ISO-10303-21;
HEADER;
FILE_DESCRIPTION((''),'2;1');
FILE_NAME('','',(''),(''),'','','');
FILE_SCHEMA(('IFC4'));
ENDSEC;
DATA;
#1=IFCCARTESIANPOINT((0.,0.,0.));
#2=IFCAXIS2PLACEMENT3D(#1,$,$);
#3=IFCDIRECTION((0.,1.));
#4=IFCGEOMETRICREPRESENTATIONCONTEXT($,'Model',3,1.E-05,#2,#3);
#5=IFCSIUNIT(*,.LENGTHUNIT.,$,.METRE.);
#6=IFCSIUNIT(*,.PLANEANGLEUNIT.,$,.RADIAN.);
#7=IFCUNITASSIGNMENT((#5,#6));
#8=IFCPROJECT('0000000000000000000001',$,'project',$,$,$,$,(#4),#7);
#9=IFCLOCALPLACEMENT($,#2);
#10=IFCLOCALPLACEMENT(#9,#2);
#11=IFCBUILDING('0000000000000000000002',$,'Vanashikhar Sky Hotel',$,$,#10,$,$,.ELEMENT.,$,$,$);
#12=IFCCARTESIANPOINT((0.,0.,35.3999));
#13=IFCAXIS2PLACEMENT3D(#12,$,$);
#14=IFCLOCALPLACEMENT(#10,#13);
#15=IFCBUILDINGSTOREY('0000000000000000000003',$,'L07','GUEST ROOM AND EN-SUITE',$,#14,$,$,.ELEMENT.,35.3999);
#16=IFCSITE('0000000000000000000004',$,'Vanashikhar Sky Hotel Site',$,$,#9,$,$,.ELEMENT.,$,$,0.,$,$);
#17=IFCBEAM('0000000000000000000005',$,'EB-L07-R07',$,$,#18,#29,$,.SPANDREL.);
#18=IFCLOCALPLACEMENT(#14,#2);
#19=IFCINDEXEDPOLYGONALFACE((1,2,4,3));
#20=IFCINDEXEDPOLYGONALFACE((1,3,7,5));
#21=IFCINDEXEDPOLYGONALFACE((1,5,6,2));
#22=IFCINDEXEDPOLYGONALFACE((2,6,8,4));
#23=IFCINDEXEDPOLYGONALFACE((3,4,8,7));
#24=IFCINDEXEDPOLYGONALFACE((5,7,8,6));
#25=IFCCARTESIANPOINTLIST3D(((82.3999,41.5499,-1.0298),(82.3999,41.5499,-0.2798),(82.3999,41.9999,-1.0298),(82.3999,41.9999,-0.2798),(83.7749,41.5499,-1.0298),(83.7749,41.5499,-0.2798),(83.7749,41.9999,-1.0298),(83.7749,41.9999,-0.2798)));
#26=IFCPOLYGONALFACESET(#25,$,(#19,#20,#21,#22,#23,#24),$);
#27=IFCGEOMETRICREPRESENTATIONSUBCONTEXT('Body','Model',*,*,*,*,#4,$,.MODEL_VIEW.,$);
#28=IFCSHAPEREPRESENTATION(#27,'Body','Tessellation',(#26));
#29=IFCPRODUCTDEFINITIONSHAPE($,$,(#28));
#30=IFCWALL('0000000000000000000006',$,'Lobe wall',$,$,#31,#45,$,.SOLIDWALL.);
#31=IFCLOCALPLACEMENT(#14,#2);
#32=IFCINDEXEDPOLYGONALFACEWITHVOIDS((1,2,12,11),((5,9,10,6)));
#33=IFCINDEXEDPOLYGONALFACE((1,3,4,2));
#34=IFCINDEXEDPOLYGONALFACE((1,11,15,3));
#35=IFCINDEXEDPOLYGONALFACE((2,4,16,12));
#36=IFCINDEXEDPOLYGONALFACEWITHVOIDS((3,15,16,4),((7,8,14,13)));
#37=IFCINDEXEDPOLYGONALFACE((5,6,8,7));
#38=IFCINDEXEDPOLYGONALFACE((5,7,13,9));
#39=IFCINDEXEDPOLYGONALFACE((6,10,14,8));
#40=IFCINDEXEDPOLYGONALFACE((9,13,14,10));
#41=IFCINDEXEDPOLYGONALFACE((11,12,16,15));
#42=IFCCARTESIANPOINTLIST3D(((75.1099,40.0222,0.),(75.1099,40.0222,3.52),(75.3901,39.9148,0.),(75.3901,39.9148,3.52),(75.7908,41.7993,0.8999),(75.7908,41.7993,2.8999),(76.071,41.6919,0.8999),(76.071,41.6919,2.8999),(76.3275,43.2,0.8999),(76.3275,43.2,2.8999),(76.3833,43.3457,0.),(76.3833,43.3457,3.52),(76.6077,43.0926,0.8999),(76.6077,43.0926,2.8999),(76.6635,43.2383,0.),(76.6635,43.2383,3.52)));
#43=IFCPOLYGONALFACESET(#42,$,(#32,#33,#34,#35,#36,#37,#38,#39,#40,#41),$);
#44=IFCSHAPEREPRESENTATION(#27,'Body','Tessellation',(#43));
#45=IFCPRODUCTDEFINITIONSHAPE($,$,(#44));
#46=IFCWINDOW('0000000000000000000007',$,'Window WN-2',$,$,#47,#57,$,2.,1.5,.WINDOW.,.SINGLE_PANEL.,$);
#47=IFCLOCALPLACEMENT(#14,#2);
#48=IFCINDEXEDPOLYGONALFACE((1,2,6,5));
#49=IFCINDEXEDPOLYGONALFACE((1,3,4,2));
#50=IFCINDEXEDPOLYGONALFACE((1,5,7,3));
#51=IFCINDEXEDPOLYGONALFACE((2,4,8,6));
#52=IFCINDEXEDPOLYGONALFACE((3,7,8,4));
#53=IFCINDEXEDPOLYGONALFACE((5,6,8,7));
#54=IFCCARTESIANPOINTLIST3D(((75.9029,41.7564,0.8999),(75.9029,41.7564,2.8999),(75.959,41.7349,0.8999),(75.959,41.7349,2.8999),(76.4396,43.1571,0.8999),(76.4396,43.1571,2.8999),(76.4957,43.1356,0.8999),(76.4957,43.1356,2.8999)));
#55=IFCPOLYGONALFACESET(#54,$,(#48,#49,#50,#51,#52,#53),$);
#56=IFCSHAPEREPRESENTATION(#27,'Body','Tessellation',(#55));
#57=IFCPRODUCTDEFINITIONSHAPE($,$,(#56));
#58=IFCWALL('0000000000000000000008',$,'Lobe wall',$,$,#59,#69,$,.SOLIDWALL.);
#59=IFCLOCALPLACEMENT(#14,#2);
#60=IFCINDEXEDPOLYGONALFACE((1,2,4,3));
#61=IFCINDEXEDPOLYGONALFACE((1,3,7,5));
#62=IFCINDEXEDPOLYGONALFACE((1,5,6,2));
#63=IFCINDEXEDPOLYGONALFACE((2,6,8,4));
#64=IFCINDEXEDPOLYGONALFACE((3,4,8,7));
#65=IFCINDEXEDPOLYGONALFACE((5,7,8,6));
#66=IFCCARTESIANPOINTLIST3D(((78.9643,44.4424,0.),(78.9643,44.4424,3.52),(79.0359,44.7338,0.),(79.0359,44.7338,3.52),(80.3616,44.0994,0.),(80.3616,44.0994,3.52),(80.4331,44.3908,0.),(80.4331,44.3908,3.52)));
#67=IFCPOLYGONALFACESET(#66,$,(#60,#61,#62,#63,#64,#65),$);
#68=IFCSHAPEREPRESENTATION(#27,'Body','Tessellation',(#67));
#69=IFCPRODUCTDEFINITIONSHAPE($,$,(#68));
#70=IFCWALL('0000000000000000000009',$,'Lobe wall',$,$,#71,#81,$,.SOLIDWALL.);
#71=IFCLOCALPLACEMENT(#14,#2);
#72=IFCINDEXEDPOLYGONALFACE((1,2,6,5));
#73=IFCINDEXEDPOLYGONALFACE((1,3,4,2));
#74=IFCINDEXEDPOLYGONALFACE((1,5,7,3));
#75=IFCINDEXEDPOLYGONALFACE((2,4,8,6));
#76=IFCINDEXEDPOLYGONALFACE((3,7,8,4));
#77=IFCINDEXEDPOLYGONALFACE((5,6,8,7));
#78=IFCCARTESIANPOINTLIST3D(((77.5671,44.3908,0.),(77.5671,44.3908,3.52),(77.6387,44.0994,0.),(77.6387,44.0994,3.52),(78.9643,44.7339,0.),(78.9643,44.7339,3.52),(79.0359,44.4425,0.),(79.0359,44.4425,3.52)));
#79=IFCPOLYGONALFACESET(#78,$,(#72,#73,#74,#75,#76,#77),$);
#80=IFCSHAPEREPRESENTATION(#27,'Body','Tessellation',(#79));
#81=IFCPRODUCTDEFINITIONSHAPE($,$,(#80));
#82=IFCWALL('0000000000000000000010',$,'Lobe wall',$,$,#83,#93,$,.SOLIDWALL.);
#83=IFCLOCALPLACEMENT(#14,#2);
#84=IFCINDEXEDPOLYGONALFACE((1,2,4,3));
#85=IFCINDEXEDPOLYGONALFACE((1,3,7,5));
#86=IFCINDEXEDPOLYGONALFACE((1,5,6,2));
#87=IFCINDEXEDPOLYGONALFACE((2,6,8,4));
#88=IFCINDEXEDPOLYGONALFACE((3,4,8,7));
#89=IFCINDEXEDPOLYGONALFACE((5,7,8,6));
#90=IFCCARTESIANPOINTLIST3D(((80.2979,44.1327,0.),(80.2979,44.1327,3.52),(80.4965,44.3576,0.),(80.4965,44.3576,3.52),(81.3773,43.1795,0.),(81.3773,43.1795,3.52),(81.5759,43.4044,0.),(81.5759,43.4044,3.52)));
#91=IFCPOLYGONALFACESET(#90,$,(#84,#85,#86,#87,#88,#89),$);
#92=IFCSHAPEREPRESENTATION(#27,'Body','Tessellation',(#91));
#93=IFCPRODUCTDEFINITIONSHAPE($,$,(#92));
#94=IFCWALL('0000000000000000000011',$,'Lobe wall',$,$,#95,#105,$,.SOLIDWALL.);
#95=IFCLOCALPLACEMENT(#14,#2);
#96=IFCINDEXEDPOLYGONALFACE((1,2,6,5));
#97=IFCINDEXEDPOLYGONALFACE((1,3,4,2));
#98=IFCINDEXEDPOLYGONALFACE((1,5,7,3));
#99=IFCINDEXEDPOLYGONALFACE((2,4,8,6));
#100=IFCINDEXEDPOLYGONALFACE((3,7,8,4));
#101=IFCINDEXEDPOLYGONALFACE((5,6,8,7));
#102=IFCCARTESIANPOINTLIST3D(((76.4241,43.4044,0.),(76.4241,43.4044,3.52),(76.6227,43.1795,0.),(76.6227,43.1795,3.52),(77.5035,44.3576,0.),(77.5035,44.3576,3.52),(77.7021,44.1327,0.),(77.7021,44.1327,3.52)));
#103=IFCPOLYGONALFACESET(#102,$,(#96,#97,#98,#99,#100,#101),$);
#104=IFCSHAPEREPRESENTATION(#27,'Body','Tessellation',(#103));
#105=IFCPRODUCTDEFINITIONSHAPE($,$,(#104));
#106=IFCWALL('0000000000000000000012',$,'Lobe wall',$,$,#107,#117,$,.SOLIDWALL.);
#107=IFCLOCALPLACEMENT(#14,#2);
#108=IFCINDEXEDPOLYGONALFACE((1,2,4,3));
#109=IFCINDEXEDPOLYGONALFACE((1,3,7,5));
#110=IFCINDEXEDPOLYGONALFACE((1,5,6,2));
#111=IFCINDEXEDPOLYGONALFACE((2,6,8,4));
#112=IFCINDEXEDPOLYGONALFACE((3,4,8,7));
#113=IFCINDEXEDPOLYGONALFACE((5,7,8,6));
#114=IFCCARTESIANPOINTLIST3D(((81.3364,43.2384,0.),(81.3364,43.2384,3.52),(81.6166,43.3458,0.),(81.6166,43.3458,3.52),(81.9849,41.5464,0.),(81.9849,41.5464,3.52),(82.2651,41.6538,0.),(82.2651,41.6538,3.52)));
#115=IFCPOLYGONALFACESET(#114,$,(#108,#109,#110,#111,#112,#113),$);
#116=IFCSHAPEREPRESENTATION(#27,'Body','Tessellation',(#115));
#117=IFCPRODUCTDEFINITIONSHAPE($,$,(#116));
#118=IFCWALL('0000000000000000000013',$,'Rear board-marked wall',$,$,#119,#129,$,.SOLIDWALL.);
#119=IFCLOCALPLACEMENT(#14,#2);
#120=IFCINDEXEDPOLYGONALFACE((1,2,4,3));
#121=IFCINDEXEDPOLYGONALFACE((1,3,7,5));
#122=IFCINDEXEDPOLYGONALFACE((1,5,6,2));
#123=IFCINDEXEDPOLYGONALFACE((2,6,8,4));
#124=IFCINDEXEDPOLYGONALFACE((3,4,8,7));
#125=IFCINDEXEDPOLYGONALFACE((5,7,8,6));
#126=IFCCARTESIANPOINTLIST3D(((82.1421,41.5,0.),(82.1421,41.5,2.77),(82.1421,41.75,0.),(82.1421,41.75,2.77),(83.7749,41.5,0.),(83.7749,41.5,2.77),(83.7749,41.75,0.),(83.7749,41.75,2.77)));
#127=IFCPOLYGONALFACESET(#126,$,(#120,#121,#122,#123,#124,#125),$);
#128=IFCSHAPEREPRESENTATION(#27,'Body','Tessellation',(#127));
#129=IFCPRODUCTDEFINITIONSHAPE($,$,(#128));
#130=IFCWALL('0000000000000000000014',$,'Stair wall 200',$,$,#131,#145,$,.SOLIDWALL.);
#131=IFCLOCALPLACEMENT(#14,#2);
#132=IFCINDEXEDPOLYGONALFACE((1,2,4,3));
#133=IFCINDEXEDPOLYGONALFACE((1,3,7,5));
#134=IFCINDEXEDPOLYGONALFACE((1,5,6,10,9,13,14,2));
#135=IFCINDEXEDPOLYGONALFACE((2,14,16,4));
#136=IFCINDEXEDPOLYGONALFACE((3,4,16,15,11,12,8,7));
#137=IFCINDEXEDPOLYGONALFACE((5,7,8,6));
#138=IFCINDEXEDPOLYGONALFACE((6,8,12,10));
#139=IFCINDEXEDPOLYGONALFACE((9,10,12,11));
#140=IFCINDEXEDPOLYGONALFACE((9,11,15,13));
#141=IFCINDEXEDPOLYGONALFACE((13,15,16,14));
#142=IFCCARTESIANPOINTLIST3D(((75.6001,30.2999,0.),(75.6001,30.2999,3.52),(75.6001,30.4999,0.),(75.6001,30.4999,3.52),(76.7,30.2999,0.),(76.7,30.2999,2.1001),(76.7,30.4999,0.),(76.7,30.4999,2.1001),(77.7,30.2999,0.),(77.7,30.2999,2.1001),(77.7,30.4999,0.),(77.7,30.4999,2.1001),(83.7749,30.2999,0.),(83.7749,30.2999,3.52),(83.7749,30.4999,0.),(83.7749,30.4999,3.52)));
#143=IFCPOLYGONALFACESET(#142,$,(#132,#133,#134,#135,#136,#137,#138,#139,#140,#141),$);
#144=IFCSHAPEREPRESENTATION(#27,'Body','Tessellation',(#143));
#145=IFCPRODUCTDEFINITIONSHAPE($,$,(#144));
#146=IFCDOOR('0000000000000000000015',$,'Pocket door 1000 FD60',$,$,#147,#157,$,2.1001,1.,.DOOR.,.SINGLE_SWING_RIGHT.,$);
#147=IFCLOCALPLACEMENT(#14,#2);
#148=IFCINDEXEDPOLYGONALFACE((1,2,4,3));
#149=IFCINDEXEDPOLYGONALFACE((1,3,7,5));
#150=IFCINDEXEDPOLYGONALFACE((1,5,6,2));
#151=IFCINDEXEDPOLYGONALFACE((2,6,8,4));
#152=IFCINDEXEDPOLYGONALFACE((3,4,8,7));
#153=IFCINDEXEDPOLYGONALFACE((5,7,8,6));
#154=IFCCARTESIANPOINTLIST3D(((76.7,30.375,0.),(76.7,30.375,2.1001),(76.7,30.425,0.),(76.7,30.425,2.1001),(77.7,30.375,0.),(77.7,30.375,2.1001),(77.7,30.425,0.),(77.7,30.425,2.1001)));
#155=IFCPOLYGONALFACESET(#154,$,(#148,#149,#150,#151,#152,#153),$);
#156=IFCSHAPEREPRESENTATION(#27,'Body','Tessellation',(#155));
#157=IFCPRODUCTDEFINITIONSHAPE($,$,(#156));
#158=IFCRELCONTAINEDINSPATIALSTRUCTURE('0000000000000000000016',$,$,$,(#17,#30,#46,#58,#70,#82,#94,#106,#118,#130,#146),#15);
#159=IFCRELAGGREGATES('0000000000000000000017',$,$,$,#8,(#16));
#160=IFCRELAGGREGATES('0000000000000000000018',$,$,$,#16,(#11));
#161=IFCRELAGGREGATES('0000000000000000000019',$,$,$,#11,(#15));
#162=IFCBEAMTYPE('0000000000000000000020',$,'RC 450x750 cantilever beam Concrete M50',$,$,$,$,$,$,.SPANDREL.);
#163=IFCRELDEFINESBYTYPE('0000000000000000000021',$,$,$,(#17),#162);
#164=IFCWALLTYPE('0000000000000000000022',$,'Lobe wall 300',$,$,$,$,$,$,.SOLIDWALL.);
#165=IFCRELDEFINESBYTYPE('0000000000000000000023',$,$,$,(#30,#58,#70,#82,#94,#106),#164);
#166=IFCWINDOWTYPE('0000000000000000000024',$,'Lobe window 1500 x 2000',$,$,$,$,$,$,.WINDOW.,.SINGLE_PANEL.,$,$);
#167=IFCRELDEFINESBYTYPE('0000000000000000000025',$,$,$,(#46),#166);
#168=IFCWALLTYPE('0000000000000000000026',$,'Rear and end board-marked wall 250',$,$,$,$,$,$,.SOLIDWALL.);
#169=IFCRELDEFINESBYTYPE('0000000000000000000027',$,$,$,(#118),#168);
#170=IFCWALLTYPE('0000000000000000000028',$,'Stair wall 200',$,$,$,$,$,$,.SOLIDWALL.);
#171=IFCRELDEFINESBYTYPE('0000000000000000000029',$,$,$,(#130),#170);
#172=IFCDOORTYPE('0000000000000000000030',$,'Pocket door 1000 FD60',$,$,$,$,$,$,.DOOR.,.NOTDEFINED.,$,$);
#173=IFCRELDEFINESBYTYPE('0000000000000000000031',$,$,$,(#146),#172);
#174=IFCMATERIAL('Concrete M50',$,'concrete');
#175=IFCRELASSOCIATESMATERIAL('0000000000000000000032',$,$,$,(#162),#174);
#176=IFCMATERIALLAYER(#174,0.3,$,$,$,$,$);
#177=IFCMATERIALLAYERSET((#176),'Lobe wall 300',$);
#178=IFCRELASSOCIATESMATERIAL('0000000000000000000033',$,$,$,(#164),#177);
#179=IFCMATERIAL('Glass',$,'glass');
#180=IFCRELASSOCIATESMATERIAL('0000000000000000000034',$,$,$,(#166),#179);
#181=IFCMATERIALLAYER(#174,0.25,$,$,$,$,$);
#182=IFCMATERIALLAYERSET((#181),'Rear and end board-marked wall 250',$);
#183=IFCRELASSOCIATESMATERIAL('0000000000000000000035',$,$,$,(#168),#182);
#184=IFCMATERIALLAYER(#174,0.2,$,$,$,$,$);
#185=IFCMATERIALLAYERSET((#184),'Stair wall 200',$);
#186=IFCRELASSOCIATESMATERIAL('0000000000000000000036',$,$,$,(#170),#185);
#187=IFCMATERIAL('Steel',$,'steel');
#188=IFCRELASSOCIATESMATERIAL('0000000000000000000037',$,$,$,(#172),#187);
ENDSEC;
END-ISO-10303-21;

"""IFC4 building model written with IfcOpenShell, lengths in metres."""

from ifc_helpers import new_model, si_unit, direction, frame, frame_2d, origin, origin_2d, place, context, subcontext, project, spatial, rectangle, extrude, source, transform, mapped, material, layer, layer_set, material_profile, profile_set, type_object, element, fill, save


model = new_model("IFC4")

# Units and contexts
model_context = context("Model", 3, precision=1e-05, world=origin(), true_north=direction((0.0, 1.0)))
body_context = subcontext(model_context, "Body", "Model", "MODEL_VIEW")
ifc_project = project(units=[si_unit("LENGTHUNIT", "METRE"), si_unit("PLANEANGLEUNIT", "RADIAN")], contexts=[model_context])

# Site, building, storey
site_placement = place(None, origin())
site = spatial("IfcSite", under=ifc_project, at=site_placement, Name="Vanashikhar Sky Hotel Site", CompositionType="ELEMENT", RefElevation=0.0)
building_placement = place(site_placement, origin())
building = spatial("IfcBuilding", under=site, at=building_placement, Name="Vanashikhar Sky Hotel", CompositionType="ELEMENT")
storey_placement = place(building_placement, frame((0.0, 0.0, 35.3999)))
storey = spatial("IfcBuildingStorey", under=building, at=storey_placement, Name="L07", Description="GUEST ROOM AND EN-SUITE", CompositionType="ELEMENT", Elevation=35.3999)

# Beam
ifc_material_1 = material(Name="Concrete M50", Category="concrete")
ifc_material_profile_1 = material_profile(ifc_material_1, rectangle(XDim=0.45, YDim=0.75, at=origin_2d()))
ifc_profile_set_1 = profile_set([ifc_material_profile_1], Name="RC 450x750 cantilever beam Concrete M50")
beam_type = type_object("IfcBeamType", Name="RC 450x750 cantilever beam Concrete M50", PredefinedType="SPANDREL", material=ifc_profile_set_1)
shared_shape_1 = source(origin(), body_context, "Body", "SweptSolid", [
    extrude(rectangle(XDim=0.45, YDim=0.75, at=origin_2d()), origin(), (0.0, 0.0, 1.0), 1.375),
])
beam_placement = place(storey_placement, frame((82.3999, 41.7749, -0.6548), z_axis=(1.0, 0.0, 0.0), x_axis=(0.0, 1.0, 0.0)))
element("IfcBeam", 1, at=beam_placement, inside=storey, type_object=beam_type, Name="EB-L07-R07", PredefinedType="SPANDREL", context=body_context, shape_type="MappedRepresentation", body=[
    mapped(shared_shape_1, transform((0.0, 0.0, 0.0), scale=1.0)),
])

# Wall, opening, window
ifc_layer_1 = layer(ifc_material_1, 0.3)
ifc_layer_set_1 = layer_set([ifc_layer_1], Name="Lobe wall 300")
wall_type_1 = type_object("IfcWallType", Name="Lobe wall 300", PredefinedType="SOLIDWALL", material=ifc_layer_set_1)
shared_shape_2 = source(origin(), body_context, "Body", "SweptSolid", [
    extrude(rectangle(XDim=3.5591, YDim=0.3, at=frame_2d((1.7795, 0.0))), origin(), (0.0, 0.0, 1.0), 3.52),
])
wall_1_placement = place(storey_placement, frame((76.5234, 43.292, 0.0), z_axis=(0.0, 0.0, 1.0), x_axis=(-0.357797, -0.933799, 0.0)))
wall_1 = element("IfcWall", 2, at=wall_1_placement, inside=storey, type_object=wall_type_1, Name="Lobe wall", PredefinedType="SOLIDWALL", context=body_context, shape_type="MappedRepresentation", body=[
    mapped(shared_shape_2, transform((0.0, 0.0, 0.0), scale=1.0)),
])
shared_shape_3 = source(origin(), body_context, "Body", "SweptSolid", [
    extrude(rectangle(XDim=1.5, YDim=2.0, at=frame_2d((0.75, 1.0))), frame((0.0, 0.1602, 0.0), z_axis=(0.0, -1.0, 0.0), x_axis=(1.0, 0.0, 0.0)), (0.0, 0.0, 1.0), 0.3201),
])
opening_1_placement = place(wall_1_placement, frame((0.156, 0.0, 0.8999)))
opening_1 = element("IfcOpeningElement", 3, at=opening_1_placement, cuts=wall_1, PredefinedType="OPENING", context=body_context, shape_type="MappedRepresentation", body=[
    mapped(shared_shape_3, transform((0.0, 0.0, 0.0), scale=1.0)),
])
ifc_material_2 = material(Name="Glass", Category="glass")
window_type = type_object("IfcWindowType", Name="Lobe window 1500 x 2000", PartitioningType="SINGLE_PANEL", PredefinedType="WINDOW", material=ifc_material_2)
shared_shape_4 = source(origin(), body_context, "Body", "SweptSolid", [
    extrude(rectangle(XDim=1.5, YDim=2.0, at=frame_2d((0.75, 1.0))), frame((0.0, 0.03, 0.0), z_axis=(0.0, -1.0, 0.0), x_axis=(1.0, 0.0, 0.0)), (0.0, 0.0, 1.0), 0.0601),
])
window_placement = place(opening_1_placement, origin())
window = element("IfcWindow", 4, at=window_placement, inside=storey, type_object=window_type, Name="Window WN-2", OverallHeight=2.0, OverallWidth=1.5, PartitioningType="SINGLE_PANEL", PredefinedType="WINDOW", context=body_context, shape_type="MappedRepresentation", body=[
    mapped(shared_shape_4, transform((0.0, 0.0, 0.0), scale=1.0)),
])
fill(opening_1, window)

# Walls
shared_shape_5 = source(origin(), body_context, "Body", "SweptSolid", [
    extrude(rectangle(XDim=1.4387, YDim=0.3, at=frame_2d((0.7192, 0.0))), origin(), (0.0, 0.0, 1.0), 3.52),
])
for number, where, z_axis, x_axis, name in (
    (5, (80.3972, 44.2451, 0.0), (0.0, 0.0, 1.0), (-0.971162, 0.238421, 0.0), "Lobe wall"),
    (6, (79.0, 44.5881, 0.0), (0.0, 0.0, 1.0), (-0.971162, -0.238421, 0.0), "Lobe wall"),
):
    element("IfcWall", number, at=place(storey_placement, frame(where, z_axis=z_axis, x_axis=x_axis)), inside=storey, type_object=wall_type_1, Name=name, PredefinedType="SOLIDWALL", context=body_context, shape_type="MappedRepresentation", body=[
        mapped(shared_shape_5, transform((0.0, 0.0, 0.0), scale=1.0)),
    ])
shared_shape_6 = source(origin(), body_context, "Body", "SweptSolid", [
    extrude(rectangle(XDim=1.4399, YDim=0.3, at=frame_2d((0.72, 0.0))), origin(), (0.0, 0.0, 1.0), 3.52),
])
for number, where, z_axis, x_axis, name in (
    (7, (81.4766, 43.292, 0.0), (0.0, 0.0, 1.0), (-0.749576, 0.661919, 0.0), "Lobe wall"),
    (8, (77.6028, 44.2451, 0.0), (0.0, 0.0, 1.0), (-0.749576, -0.661919, 0.0), "Lobe wall"),
):
    element("IfcWall", number, at=place(storey_placement, frame(where, z_axis=z_axis, x_axis=x_axis)), inside=storey, type_object=wall_type_1, Name=name, PredefinedType="SOLIDWALL", context=body_context, shape_type="MappedRepresentation", body=[
        mapped(shared_shape_6, transform((0.0, 0.0, 0.0), scale=1.0)),
    ])
shared_shape_7 = source(origin(), body_context, "Body", "SweptSolid", [
    extrude(rectangle(XDim=1.812, YDim=0.3, at=frame_2d((0.906, 0.0))), origin(), (0.0, 0.0, 1.0), 3.52),
])
wall_2_placement = place(storey_placement, frame((82.125, 41.6001, 0.0), z_axis=(0.0, 0.0, 1.0), x_axis=(-0.357877, 0.933769, 0.0)))
element("IfcWall", 9, at=wall_2_placement, inside=storey, type_object=wall_type_1, Name="Lobe wall", PredefinedType="SOLIDWALL", context=body_context, shape_type="MappedRepresentation", body=[
    mapped(shared_shape_7, transform((0.0, 0.0, 0.0), scale=1.0)),
])
ifc_layer_2 = layer(ifc_material_1, 0.25)
ifc_layer_set_2 = layer_set([ifc_layer_2], Name="Rear and end board-marked wall 250")
wall_type_2 = type_object("IfcWallType", Name="Rear and end board-marked wall 250", PredefinedType="SOLIDWALL", material=ifc_layer_set_2)
shared_shape_8 = source(origin(), body_context, "Body", "SweptSolid", [
    extrude(rectangle(XDim=1.6328, YDim=0.25, at=frame_2d((0.8164, 0.0))), origin(), (0.0, 0.0, 1.0), 2.77),
])
wall_3_placement = place(storey_placement, frame((83.7749, 41.625, 0.0), z_axis=(0.0, 0.0, 1.0), x_axis=(-1.0, 0.0, 0.0)))
element("IfcWall", 10, at=wall_3_placement, inside=storey, type_object=wall_type_2, Name="Rear board-marked wall", PredefinedType="SOLIDWALL", context=body_context, shape_type="MappedRepresentation", body=[
    mapped(shared_shape_8, transform((0.0, 0.0, 0.0), scale=1.0)),
])

# Wall, opening, door
ifc_layer_3 = layer(ifc_material_1, 0.2)
ifc_layer_set_3 = layer_set([ifc_layer_3], Name="Stair wall 200")
wall_type_3 = type_object("IfcWallType", Name="Stair wall 200", PredefinedType="SOLIDWALL", material=ifc_layer_set_3)
shared_shape_9 = source(origin(), body_context, "Body", "SweptSolid", [
    extrude(rectangle(XDim=8.1748, YDim=0.2, at=frame_2d((4.0874, 0.0))), origin(), (0.0, 0.0, 1.0), 3.52),
])
wall_4_placement = place(storey_placement, frame((83.7749, 30.3999, 0.0), z_axis=(0.0, 0.0, 1.0), x_axis=(-1.0, 0.0, 0.0)))
wall_4 = element("IfcWall", 11, at=wall_4_placement, inside=storey, type_object=wall_type_3, Name="Stair wall 200", PredefinedType="SOLIDWALL", context=body_context, shape_type="MappedRepresentation", body=[
    mapped(shared_shape_9, transform((0.0, 0.0, 0.0), scale=1.0)),
])
shared_shape_10 = source(origin(), body_context, "Body", "SweptSolid", [
    extrude(rectangle(XDim=1.0, YDim=2.1001, at=frame_2d((0.5, 1.05))), frame((0.0, 0.1099, 0.0), z_axis=(0.0, -1.0, 0.0), x_axis=(1.0, 0.0, 0.0)), (0.0, 0.0, 1.0), 0.22),
])
opening_2_placement = place(wall_4_placement, frame((6.075, 0.0, 0.0)))
opening_2 = element("IfcOpeningElement", 12, at=opening_2_placement, cuts=wall_4, PredefinedType="OPENING", context=body_context, shape_type="MappedRepresentation", body=[
    mapped(shared_shape_10, transform((0.0, 0.0, 0.0), scale=1.0)),
])
ifc_material_3 = material(Name="Steel", Category="steel")
door_type = type_object("IfcDoorType", Name="Pocket door 1000 FD60", OperationType="NOTDEFINED", PredefinedType="DOOR", material=ifc_material_3)
shared_shape_11 = source(origin(), body_context, "Body", "SweptSolid", [
    extrude(rectangle(XDim=1.0, YDim=2.1001, at=frame_2d((0.5, 1.05))), frame((0.0, 0.0249, 0.0), z_axis=(0.0, -1.0, 0.0), x_axis=(1.0, 0.0, 0.0)), (0.0, 0.0, 1.0), 0.05),
])
door_placement = place(opening_2_placement, origin())
door = element("IfcDoor", 13, at=door_placement, inside=storey, type_object=door_type, Name="Pocket door 1000 FD60", OperationType="SINGLE_SWING_RIGHT", OverallHeight=2.1001, OverallWidth=1.0, PredefinedType="DOOR", context=body_context, shape_type="MappedRepresentation", body=[
    mapped(shared_shape_11, transform((0.0, 0.0, 0.0), scale=1.0)),
])
fill(opening_2, door)

save(model, "model.ifc")
